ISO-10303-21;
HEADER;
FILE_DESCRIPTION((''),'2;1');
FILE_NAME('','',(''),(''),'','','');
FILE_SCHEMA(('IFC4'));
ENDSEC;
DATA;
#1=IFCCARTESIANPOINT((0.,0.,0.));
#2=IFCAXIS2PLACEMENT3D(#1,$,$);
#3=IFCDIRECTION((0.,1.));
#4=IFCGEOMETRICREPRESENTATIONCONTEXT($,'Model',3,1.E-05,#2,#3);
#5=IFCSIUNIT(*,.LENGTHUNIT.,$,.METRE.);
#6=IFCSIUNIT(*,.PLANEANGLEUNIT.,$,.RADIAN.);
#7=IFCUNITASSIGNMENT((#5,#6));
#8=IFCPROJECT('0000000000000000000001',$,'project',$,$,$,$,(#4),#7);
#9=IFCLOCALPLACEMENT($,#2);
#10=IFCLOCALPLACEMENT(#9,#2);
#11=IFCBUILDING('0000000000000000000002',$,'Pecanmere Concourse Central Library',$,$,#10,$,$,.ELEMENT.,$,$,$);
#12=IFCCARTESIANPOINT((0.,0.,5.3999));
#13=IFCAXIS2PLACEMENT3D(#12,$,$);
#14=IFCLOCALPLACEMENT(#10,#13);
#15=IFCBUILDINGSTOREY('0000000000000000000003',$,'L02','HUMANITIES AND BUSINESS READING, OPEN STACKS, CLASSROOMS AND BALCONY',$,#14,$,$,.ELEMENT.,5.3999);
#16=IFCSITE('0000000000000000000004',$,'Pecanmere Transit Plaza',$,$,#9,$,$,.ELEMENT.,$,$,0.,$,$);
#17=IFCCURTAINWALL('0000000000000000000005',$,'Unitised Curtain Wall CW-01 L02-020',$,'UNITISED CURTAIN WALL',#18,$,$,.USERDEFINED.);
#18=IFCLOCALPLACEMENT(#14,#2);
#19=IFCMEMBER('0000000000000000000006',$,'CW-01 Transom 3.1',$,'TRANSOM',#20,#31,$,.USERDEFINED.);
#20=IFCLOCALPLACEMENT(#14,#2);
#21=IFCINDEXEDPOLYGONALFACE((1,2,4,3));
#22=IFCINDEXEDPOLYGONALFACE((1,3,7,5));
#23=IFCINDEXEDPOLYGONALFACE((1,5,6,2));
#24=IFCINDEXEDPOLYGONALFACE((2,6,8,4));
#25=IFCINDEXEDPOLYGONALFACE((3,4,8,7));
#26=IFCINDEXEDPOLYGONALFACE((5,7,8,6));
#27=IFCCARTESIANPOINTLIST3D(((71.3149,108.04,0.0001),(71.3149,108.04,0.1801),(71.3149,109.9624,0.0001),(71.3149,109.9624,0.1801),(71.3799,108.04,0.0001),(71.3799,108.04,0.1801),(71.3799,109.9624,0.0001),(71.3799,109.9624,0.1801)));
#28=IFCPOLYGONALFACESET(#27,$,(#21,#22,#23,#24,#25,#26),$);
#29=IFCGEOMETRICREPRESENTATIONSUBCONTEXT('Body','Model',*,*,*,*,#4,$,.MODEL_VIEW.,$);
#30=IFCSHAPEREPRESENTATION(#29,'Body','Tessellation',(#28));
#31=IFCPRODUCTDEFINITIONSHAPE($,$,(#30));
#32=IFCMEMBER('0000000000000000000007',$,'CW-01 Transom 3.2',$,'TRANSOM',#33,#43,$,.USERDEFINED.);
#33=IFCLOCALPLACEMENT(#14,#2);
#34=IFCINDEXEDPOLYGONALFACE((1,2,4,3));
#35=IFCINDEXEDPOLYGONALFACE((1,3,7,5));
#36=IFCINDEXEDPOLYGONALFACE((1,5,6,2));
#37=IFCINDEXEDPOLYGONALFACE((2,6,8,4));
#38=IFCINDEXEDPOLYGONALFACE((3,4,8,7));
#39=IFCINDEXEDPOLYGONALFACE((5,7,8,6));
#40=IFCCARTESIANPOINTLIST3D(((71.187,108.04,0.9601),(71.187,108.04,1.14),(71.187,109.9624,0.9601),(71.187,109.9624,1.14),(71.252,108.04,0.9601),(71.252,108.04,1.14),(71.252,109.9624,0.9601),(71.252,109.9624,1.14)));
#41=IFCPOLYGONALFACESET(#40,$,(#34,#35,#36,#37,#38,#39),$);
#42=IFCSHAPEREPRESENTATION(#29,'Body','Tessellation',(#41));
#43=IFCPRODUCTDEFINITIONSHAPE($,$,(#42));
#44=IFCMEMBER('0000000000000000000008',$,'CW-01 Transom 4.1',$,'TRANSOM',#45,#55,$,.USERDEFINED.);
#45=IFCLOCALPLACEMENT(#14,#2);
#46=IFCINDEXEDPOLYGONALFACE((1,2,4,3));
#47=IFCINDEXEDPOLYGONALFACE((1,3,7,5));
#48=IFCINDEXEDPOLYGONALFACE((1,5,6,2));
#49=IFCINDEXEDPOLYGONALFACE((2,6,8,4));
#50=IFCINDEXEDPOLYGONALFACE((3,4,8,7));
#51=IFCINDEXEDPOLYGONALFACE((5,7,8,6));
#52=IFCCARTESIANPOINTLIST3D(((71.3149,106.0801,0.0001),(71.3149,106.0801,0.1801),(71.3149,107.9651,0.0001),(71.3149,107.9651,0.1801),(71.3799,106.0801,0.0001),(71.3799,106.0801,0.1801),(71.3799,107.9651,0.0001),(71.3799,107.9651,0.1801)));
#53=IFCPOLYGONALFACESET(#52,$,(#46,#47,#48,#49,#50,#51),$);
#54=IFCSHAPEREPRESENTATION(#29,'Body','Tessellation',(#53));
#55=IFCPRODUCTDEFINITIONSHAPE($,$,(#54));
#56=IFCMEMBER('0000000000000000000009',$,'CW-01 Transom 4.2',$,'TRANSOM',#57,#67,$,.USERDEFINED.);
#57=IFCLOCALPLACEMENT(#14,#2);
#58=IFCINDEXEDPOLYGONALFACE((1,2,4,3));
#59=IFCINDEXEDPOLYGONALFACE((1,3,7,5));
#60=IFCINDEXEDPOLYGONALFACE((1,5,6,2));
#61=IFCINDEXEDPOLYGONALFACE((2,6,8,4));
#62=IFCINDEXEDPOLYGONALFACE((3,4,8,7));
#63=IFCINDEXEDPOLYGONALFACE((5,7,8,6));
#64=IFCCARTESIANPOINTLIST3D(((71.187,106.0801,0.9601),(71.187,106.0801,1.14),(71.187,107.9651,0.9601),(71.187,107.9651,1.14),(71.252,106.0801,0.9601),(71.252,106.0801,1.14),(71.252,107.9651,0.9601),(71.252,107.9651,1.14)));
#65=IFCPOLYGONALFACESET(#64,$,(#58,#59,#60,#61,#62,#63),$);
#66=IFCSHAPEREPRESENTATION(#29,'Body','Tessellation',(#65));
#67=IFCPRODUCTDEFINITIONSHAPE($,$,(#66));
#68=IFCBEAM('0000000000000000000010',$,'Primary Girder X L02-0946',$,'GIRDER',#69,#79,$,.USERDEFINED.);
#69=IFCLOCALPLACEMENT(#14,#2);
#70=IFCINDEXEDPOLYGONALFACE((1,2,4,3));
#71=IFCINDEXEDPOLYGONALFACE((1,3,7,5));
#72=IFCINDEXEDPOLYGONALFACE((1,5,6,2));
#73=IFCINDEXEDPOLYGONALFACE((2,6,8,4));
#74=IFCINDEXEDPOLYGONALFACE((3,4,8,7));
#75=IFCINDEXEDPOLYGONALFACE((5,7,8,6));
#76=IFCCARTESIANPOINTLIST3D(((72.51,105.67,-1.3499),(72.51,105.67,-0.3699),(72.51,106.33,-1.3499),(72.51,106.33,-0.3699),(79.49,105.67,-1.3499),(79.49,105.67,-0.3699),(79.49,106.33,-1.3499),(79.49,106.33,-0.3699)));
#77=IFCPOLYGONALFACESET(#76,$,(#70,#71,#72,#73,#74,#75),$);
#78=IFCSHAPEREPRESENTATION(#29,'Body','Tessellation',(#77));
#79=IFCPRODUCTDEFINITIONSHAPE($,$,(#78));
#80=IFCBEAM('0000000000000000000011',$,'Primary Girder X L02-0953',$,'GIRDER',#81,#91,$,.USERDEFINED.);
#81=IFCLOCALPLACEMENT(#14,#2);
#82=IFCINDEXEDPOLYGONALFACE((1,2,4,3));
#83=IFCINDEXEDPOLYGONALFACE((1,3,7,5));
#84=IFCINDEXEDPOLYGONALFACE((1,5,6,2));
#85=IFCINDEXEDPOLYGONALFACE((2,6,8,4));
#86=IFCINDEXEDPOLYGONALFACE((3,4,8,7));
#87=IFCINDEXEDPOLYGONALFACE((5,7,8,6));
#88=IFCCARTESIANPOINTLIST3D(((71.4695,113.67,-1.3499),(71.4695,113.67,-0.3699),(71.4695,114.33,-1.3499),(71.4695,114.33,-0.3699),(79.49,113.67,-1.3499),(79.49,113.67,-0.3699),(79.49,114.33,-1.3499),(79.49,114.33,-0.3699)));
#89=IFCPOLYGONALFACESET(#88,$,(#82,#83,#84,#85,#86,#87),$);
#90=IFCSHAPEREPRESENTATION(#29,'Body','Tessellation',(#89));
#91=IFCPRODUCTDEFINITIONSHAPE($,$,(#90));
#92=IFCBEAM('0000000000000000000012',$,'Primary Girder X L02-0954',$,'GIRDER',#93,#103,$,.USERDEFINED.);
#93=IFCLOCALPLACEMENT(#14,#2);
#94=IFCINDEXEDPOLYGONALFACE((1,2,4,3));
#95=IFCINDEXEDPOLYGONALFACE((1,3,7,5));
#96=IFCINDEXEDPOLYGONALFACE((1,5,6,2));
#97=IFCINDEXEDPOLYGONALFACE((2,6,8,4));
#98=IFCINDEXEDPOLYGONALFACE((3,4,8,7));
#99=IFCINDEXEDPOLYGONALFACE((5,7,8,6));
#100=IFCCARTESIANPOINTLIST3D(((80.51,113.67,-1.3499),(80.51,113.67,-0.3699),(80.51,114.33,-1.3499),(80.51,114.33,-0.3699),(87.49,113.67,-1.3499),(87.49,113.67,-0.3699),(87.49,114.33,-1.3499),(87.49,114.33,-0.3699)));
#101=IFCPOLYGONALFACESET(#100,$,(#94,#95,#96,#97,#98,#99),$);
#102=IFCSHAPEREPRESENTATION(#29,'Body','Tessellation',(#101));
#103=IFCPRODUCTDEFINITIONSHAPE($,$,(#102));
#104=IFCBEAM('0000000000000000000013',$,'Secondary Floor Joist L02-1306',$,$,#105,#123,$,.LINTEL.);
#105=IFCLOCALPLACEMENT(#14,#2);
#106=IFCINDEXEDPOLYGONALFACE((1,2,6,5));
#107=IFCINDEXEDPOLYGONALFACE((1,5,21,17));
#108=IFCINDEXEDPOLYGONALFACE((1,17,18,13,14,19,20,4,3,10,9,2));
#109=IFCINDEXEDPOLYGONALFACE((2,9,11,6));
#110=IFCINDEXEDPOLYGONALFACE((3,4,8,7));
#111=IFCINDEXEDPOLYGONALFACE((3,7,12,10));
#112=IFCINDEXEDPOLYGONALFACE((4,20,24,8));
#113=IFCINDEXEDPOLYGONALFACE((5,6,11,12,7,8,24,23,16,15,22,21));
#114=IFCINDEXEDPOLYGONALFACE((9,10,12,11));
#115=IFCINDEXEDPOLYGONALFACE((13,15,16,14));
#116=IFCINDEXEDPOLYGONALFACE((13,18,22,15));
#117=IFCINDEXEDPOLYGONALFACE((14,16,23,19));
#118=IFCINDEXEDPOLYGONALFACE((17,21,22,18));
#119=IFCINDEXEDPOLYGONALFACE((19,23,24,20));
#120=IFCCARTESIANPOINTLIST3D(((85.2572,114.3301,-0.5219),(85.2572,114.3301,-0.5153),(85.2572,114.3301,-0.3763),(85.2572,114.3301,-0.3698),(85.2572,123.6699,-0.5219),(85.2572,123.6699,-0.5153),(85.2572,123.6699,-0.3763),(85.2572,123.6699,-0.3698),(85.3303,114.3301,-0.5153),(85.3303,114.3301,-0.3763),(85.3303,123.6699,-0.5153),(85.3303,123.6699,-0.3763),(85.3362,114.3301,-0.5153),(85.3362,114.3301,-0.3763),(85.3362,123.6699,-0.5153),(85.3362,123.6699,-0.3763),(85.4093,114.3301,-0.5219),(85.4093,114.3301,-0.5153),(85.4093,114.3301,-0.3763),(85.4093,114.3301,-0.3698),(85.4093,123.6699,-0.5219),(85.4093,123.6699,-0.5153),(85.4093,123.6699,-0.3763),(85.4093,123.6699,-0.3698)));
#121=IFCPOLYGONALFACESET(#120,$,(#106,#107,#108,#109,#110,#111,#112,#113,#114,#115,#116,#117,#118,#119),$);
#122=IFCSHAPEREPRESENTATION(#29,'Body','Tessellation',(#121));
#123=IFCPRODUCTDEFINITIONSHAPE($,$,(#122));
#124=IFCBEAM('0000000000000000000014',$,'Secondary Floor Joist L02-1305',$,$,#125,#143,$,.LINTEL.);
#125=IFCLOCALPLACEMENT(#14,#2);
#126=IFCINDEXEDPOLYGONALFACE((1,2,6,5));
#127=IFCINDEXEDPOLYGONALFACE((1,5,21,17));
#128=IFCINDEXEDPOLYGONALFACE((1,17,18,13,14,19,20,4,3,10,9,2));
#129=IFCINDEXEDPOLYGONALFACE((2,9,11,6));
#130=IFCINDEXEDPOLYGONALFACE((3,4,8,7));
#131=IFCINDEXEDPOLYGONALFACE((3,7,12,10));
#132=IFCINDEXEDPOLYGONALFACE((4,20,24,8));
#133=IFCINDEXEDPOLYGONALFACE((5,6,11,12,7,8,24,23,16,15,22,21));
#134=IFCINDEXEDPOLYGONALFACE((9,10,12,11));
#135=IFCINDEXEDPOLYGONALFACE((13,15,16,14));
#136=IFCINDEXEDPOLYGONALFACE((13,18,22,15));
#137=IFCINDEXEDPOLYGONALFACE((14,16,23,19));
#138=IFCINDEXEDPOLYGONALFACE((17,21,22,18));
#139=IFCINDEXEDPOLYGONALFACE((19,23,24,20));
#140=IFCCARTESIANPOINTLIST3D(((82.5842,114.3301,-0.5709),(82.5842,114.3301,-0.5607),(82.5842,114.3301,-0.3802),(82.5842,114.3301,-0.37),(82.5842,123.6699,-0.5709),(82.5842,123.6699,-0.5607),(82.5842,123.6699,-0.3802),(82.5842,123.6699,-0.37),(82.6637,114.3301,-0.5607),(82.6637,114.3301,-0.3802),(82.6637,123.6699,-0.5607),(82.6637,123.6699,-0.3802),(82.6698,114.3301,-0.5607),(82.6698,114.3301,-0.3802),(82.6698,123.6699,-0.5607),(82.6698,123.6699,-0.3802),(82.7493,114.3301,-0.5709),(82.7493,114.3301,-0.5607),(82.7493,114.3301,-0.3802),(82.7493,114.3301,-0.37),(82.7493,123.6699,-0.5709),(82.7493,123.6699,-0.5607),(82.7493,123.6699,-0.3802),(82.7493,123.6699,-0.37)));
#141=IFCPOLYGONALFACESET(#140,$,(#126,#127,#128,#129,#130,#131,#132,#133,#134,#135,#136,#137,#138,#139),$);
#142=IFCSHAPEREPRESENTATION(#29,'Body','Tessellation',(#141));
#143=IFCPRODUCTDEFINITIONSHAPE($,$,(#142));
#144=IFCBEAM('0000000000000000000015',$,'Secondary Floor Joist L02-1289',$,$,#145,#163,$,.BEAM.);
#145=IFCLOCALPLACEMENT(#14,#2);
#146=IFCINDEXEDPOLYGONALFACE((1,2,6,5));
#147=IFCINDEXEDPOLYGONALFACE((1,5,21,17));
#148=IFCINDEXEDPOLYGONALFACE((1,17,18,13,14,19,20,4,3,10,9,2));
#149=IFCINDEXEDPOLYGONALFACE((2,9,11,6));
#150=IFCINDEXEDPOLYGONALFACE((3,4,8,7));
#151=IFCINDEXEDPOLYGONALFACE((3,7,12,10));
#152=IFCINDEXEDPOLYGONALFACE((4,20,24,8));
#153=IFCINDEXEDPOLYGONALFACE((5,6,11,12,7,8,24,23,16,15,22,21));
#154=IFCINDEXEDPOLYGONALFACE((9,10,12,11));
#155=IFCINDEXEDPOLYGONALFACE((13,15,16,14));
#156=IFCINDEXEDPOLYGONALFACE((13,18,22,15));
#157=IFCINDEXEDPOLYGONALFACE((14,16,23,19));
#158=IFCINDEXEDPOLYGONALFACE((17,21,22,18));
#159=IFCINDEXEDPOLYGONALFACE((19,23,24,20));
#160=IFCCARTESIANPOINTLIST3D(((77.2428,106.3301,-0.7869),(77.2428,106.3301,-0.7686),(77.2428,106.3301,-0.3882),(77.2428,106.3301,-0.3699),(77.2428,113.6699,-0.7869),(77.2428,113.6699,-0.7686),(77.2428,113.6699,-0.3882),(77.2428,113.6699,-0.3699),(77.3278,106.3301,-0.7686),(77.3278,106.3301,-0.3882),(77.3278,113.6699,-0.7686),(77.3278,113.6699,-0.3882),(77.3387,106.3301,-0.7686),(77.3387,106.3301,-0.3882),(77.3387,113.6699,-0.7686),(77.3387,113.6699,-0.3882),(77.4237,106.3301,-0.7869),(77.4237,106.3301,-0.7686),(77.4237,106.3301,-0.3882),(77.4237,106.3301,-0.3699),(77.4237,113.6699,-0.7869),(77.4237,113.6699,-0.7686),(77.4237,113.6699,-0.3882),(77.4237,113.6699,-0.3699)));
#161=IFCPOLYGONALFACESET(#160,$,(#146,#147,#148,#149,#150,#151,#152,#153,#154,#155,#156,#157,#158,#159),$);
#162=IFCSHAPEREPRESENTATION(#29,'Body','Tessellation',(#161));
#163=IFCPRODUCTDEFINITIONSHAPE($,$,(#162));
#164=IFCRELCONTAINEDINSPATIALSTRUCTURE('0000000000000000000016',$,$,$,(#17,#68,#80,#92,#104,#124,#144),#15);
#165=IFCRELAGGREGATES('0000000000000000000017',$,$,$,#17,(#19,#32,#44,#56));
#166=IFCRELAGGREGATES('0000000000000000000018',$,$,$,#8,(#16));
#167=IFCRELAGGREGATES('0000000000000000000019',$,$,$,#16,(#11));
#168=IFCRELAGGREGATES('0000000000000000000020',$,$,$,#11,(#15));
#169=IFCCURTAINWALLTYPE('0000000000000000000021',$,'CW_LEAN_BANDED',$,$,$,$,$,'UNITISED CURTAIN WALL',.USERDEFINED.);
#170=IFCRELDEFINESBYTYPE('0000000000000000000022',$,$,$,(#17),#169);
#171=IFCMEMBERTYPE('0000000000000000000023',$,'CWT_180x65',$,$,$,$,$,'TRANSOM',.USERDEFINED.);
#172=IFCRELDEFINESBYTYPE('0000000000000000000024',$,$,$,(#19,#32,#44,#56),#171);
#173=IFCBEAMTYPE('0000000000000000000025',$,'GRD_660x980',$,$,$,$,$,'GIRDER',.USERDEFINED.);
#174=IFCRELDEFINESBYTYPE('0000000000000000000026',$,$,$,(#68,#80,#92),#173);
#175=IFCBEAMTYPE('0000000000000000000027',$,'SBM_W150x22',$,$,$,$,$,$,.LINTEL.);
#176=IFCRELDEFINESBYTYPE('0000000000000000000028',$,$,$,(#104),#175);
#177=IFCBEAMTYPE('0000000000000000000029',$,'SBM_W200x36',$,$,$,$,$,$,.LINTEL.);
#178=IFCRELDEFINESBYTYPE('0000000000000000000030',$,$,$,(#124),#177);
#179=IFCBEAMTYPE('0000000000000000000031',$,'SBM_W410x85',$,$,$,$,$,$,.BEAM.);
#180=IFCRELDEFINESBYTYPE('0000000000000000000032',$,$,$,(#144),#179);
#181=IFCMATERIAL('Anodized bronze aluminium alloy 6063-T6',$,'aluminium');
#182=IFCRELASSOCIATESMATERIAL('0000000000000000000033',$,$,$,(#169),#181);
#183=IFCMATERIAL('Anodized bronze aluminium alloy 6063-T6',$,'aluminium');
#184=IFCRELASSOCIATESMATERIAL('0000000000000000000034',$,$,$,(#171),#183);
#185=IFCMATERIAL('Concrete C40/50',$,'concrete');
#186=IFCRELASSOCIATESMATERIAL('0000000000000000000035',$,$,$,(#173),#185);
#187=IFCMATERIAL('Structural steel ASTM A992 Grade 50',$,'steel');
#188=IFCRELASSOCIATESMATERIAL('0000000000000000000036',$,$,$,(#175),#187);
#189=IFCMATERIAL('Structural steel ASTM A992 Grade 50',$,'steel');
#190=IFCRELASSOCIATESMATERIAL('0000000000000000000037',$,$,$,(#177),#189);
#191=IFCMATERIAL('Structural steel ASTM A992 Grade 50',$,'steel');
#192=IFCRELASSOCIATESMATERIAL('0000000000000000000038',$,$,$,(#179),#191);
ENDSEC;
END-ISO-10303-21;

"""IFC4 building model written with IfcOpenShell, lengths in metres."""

from ifc_helpers import new_model, si_unit, direction, frame, origin, origin_2d, place, context, subcontext, project, spatial, rectangle, i_section, extrude, material, material_profile, profile_set, type_object, element, aggregate, save


model = new_model("IFC4")

# Units and contexts
model_context = context("Model", 3, precision=1e-05, world=origin(), true_north=direction((0.0, 1.0)))
body_context = subcontext(model_context, "Body", "Model", "MODEL_VIEW")
ifc_project = project(units=[si_unit("LENGTHUNIT", "METRE"), si_unit("PLANEANGLEUNIT", "RADIAN")], contexts=[model_context])

# Site, building, storey
site_placement = place(None, origin())
site = spatial("IfcSite", under=ifc_project, at=site_placement, Name="Pecanmere Transit Plaza", CompositionType="ELEMENT", RefElevation=0.0)
building_placement = place(site_placement, origin())
building = spatial("IfcBuilding", under=site, at=building_placement, Name="Pecanmere Concourse Central Library", CompositionType="ELEMENT")
storey_placement = place(building_placement, frame((0.0, 0.0, 5.3999)))
storey = spatial("IfcBuildingStorey", under=building, at=storey_placement, Name="L02", Description="HUMANITIES AND BUSINESS READING, OPEN STACKS, CLASSROOMS AND BALCONY", CompositionType="ELEMENT", Elevation=5.3999)

# Shared definitions
ifc_material_1 = material(Name="Anodized bronze aluminium alloy 6063-T6", Category="aluminium")
curtain_wall_type = type_object("IfcCurtainWallType", Name="CW_LEAN_BANDED", ElementType="UNITISED CURTAIN WALL", PredefinedType="USERDEFINED", material=ifc_material_1)

# Curtain wall, members
curtain_wall_1_placement = place(storey_placement, origin())
curtain_wall_1 = element("IfcCurtainWall", 1, at=curtain_wall_1_placement, inside=storey, type_object=curtain_wall_type, Name="Unitised Curtain Wall CW-01 L02-020", ObjectType="UNITISED CURTAIN WALL", PredefinedType="USERDEFINED")
ifc_material_2 = material(Name="Anodized bronze aluminium alloy 6063-T6", Category="aluminium")
ifc_material_profile_1 = material_profile(ifc_material_2, rectangle(XDim=0.0649, YDim=0.1799, at=origin_2d()), Name="AL 65x180")
ifc_profile_set_1 = profile_set([ifc_material_profile_1], Name="Anodized bronze aluminium alloy 6063-T6")
member_type_1 = type_object("IfcMemberType", Name="CWT_180x65", ElementType="TRANSOM", PredefinedType="USERDEFINED", material=ifc_profile_set_1)
member_1_placement = place(storey_placement, frame((71.3474, 109.9624, 0.0901), z_axis=(0.0, -1.0, 0.0), x_axis=(1.0, 0.0, 0.0)))
member_1 = element("IfcMember", 2, at=member_1_placement, type_object=member_type_1, Name="CW-01 Transom 3.1", ObjectType="TRANSOM", PredefinedType="USERDEFINED", context=body_context, shape_type="SweptSolid", body=[
    extrude(rectangle(XDim=0.0649, YDim=0.1799, at=origin_2d()), origin(), (0.0, 0.0, 1.0), 1.9224),
])
member_2_placement = place(storey_placement, frame((71.2195, 109.9624, 1.05), z_axis=(0.0, -1.0, 0.0), x_axis=(1.0, 0.0, 0.0)))
member_2 = element("IfcMember", 3, at=member_2_placement, type_object=member_type_1, Name="CW-01 Transom 3.2", ObjectType="TRANSOM", PredefinedType="USERDEFINED", context=body_context, shape_type="SweptSolid", body=[
    extrude(rectangle(XDim=0.0649, YDim=0.1799, at=origin_2d()), origin(), (0.0, 0.0, 1.0), 1.9224),
])
member_3_placement = place(storey_placement, frame((71.3474, 107.9651, 0.0901), z_axis=(0.0, -1.0, 0.0), x_axis=(1.0, 0.0, 0.0)))
member_3 = element("IfcMember", 4, at=member_3_placement, type_object=member_type_1, Name="CW-01 Transom 4.1", ObjectType="TRANSOM", PredefinedType="USERDEFINED", context=body_context, shape_type="SweptSolid", body=[
    extrude(rectangle(XDim=0.0649, YDim=0.1799, at=origin_2d()), origin(), (0.0, 0.0, 1.0), 1.885),
])
member_4_placement = place(storey_placement, frame((71.2195, 107.9651, 1.05), z_axis=(0.0, -1.0, 0.0), x_axis=(1.0, 0.0, 0.0)))
member_4 = element("IfcMember", 5, at=member_4_placement, type_object=member_type_1, Name="CW-01 Transom 4.2", ObjectType="TRANSOM", PredefinedType="USERDEFINED", context=body_context, shape_type="SweptSolid", body=[
    extrude(rectangle(XDim=0.0649, YDim=0.1799, at=origin_2d()), origin(), (0.0, 0.0, 1.0), 1.885),
])

# Beams
ifc_material_3 = material(Name="Concrete C40/50", Category="concrete")
ifc_material_profile_2 = material_profile(ifc_material_3, rectangle(XDim=0.6599, YDim=0.98, at=origin_2d()), Name="RC 660x980")
ifc_profile_set_2 = profile_set([ifc_material_profile_2], Name="Concrete C40/50")
beam_type_1 = type_object("IfcBeamType", Name="GRD_660x980", ElementType="GIRDER", PredefinedType="USERDEFINED", material=ifc_profile_set_2)
beam_1_placement = place(storey_placement, frame((72.51, 106.0, -0.8599), z_axis=(1.0, 0.0, 0.0), x_axis=(0.0, 1.0, 0.0)))
element("IfcBeam", 6, at=beam_1_placement, inside=storey, type_object=beam_type_1, Name="Primary Girder X L02-0946", ObjectType="GIRDER", PredefinedType="USERDEFINED", context=body_context, shape_type="SweptSolid", body=[
    extrude(rectangle(XDim=0.6599, YDim=0.98, at=origin_2d()), origin(), (0.0, 0.0, 1.0), 6.98),
])
beam_2_placement = place(storey_placement, frame((71.4695, 114.0, -0.8599), z_axis=(1.0, 0.0, 0.0), x_axis=(0.0, 1.0, 0.0)))
element("IfcBeam", 7, at=beam_2_placement, inside=storey, type_object=beam_type_1, Name="Primary Girder X L02-0953", ObjectType="GIRDER", PredefinedType="USERDEFINED", context=body_context, shape_type="SweptSolid", body=[
    extrude(rectangle(XDim=0.6599, YDim=0.98, at=origin_2d()), origin(), (0.0, 0.0, 1.0), 8.0205),
])
beam_3_placement = place(storey_placement, frame((80.51, 114.0, -0.8599), z_axis=(1.0, 0.0, 0.0), x_axis=(0.0, 1.0, 0.0)))
element("IfcBeam", 8, at=beam_3_placement, inside=storey, type_object=beam_type_1, Name="Primary Girder X L02-0954", ObjectType="GIRDER", PredefinedType="USERDEFINED", context=body_context, shape_type="SweptSolid", body=[
    extrude(rectangle(XDim=0.6599, YDim=0.98, at=origin_2d()), origin(), (0.0, 0.0, 1.0), 6.98),
])
ifc_material_4 = material(Name="Structural steel ASTM A992 Grade 50", Category="steel")
ifc_material_profile_3 = material_profile(ifc_material_4, i_section(OverallWidth=0.1521, OverallDepth=0.1521, WebThickness=0.0059, FlangeThickness=0.0066, at=origin_2d()), Name="W150x22.5")
ifc_profile_set_3 = profile_set([ifc_material_profile_3], Name="Structural steel ASTM A992 Grade 50")
beam_type_2 = type_object("IfcBeamType", Name="SBM_W150x22", PredefinedType="LINTEL", material=ifc_profile_set_3)
beam_4_placement = place(storey_placement, frame((85.3333, 114.3301, -0.4458), z_axis=(0.0, 1.0, 0.0), x_axis=(-1.0, 0.0, 0.0)))
element("IfcBeam", 9, at=beam_4_placement, inside=storey, type_object=beam_type_2, Name="Secondary Floor Joist L02-1306", PredefinedType="LINTEL", context=body_context, shape_type="SweptSolid", body=[
    extrude(i_section(OverallWidth=0.1521, OverallDepth=0.1521, WebThickness=0.0059, FlangeThickness=0.0066, at=origin_2d()), origin(), (0.0, 0.0, 1.0), 9.3398),
])
ifc_material_5 = material(Name="Structural steel ASTM A992 Grade 50", Category="steel")
ifc_material_profile_4 = material_profile(ifc_material_5, i_section(OverallWidth=0.165, OverallDepth=0.2009, WebThickness=0.0061, FlangeThickness=0.0103, at=origin_2d()), Name="W200x35.9")
ifc_profile_set_4 = profile_set([ifc_material_profile_4], Name="Structural steel ASTM A992 Grade 50")
beam_type_3 = type_object("IfcBeamType", Name="SBM_W200x36", PredefinedType="LINTEL", material=ifc_profile_set_4)
beam_5_placement = place(storey_placement, frame((82.6667, 114.3301, -0.4705), z_axis=(0.0, 1.0, 0.0), x_axis=(-1.0, 0.0, 0.0)))
element("IfcBeam", 10, at=beam_5_placement, inside=storey, type_object=beam_type_3, Name="Secondary Floor Joist L02-1305", PredefinedType="LINTEL", context=body_context, shape_type="SweptSolid", body=[
    extrude(i_section(OverallWidth=0.165, OverallDepth=0.2009, WebThickness=0.0061, FlangeThickness=0.0103, at=origin_2d()), origin(), (0.0, 0.0, 1.0), 9.3398),
])
ifc_material_6 = material(Name="Structural steel ASTM A992 Grade 50", Category="steel")
ifc_material_profile_5 = material_profile(ifc_material_6, i_section(OverallWidth=0.1809, OverallDepth=0.417, WebThickness=0.011, FlangeThickness=0.0183, at=origin_2d()), Name="W410x85")
ifc_profile_set_5 = profile_set([ifc_material_profile_5], Name="Structural steel ASTM A992 Grade 50")
beam_type_4 = type_object("IfcBeamType", Name="SBM_W410x85", PredefinedType="BEAM", material=ifc_profile_set_5)
beam_6_placement = place(storey_placement, frame((77.3333, 106.3301, -0.5784), z_axis=(0.0, 1.0, 0.0), x_axis=(-1.0, 0.0, 0.0)))
element("IfcBeam", 11, at=beam_6_placement, inside=storey, type_object=beam_type_4, Name="Secondary Floor Joist L02-1289", PredefinedType="BEAM", context=body_context, shape_type="SweptSolid", body=[
    extrude(i_section(OverallWidth=0.1809, OverallDepth=0.417, WebThickness=0.011, FlangeThickness=0.0183, at=origin_2d()), origin(), (0.0, 0.0, 1.0), 7.3398),
])

aggregate(curtain_wall_1, [member_1, member_2, member_3, member_4])

save(model, "model.ifc")
